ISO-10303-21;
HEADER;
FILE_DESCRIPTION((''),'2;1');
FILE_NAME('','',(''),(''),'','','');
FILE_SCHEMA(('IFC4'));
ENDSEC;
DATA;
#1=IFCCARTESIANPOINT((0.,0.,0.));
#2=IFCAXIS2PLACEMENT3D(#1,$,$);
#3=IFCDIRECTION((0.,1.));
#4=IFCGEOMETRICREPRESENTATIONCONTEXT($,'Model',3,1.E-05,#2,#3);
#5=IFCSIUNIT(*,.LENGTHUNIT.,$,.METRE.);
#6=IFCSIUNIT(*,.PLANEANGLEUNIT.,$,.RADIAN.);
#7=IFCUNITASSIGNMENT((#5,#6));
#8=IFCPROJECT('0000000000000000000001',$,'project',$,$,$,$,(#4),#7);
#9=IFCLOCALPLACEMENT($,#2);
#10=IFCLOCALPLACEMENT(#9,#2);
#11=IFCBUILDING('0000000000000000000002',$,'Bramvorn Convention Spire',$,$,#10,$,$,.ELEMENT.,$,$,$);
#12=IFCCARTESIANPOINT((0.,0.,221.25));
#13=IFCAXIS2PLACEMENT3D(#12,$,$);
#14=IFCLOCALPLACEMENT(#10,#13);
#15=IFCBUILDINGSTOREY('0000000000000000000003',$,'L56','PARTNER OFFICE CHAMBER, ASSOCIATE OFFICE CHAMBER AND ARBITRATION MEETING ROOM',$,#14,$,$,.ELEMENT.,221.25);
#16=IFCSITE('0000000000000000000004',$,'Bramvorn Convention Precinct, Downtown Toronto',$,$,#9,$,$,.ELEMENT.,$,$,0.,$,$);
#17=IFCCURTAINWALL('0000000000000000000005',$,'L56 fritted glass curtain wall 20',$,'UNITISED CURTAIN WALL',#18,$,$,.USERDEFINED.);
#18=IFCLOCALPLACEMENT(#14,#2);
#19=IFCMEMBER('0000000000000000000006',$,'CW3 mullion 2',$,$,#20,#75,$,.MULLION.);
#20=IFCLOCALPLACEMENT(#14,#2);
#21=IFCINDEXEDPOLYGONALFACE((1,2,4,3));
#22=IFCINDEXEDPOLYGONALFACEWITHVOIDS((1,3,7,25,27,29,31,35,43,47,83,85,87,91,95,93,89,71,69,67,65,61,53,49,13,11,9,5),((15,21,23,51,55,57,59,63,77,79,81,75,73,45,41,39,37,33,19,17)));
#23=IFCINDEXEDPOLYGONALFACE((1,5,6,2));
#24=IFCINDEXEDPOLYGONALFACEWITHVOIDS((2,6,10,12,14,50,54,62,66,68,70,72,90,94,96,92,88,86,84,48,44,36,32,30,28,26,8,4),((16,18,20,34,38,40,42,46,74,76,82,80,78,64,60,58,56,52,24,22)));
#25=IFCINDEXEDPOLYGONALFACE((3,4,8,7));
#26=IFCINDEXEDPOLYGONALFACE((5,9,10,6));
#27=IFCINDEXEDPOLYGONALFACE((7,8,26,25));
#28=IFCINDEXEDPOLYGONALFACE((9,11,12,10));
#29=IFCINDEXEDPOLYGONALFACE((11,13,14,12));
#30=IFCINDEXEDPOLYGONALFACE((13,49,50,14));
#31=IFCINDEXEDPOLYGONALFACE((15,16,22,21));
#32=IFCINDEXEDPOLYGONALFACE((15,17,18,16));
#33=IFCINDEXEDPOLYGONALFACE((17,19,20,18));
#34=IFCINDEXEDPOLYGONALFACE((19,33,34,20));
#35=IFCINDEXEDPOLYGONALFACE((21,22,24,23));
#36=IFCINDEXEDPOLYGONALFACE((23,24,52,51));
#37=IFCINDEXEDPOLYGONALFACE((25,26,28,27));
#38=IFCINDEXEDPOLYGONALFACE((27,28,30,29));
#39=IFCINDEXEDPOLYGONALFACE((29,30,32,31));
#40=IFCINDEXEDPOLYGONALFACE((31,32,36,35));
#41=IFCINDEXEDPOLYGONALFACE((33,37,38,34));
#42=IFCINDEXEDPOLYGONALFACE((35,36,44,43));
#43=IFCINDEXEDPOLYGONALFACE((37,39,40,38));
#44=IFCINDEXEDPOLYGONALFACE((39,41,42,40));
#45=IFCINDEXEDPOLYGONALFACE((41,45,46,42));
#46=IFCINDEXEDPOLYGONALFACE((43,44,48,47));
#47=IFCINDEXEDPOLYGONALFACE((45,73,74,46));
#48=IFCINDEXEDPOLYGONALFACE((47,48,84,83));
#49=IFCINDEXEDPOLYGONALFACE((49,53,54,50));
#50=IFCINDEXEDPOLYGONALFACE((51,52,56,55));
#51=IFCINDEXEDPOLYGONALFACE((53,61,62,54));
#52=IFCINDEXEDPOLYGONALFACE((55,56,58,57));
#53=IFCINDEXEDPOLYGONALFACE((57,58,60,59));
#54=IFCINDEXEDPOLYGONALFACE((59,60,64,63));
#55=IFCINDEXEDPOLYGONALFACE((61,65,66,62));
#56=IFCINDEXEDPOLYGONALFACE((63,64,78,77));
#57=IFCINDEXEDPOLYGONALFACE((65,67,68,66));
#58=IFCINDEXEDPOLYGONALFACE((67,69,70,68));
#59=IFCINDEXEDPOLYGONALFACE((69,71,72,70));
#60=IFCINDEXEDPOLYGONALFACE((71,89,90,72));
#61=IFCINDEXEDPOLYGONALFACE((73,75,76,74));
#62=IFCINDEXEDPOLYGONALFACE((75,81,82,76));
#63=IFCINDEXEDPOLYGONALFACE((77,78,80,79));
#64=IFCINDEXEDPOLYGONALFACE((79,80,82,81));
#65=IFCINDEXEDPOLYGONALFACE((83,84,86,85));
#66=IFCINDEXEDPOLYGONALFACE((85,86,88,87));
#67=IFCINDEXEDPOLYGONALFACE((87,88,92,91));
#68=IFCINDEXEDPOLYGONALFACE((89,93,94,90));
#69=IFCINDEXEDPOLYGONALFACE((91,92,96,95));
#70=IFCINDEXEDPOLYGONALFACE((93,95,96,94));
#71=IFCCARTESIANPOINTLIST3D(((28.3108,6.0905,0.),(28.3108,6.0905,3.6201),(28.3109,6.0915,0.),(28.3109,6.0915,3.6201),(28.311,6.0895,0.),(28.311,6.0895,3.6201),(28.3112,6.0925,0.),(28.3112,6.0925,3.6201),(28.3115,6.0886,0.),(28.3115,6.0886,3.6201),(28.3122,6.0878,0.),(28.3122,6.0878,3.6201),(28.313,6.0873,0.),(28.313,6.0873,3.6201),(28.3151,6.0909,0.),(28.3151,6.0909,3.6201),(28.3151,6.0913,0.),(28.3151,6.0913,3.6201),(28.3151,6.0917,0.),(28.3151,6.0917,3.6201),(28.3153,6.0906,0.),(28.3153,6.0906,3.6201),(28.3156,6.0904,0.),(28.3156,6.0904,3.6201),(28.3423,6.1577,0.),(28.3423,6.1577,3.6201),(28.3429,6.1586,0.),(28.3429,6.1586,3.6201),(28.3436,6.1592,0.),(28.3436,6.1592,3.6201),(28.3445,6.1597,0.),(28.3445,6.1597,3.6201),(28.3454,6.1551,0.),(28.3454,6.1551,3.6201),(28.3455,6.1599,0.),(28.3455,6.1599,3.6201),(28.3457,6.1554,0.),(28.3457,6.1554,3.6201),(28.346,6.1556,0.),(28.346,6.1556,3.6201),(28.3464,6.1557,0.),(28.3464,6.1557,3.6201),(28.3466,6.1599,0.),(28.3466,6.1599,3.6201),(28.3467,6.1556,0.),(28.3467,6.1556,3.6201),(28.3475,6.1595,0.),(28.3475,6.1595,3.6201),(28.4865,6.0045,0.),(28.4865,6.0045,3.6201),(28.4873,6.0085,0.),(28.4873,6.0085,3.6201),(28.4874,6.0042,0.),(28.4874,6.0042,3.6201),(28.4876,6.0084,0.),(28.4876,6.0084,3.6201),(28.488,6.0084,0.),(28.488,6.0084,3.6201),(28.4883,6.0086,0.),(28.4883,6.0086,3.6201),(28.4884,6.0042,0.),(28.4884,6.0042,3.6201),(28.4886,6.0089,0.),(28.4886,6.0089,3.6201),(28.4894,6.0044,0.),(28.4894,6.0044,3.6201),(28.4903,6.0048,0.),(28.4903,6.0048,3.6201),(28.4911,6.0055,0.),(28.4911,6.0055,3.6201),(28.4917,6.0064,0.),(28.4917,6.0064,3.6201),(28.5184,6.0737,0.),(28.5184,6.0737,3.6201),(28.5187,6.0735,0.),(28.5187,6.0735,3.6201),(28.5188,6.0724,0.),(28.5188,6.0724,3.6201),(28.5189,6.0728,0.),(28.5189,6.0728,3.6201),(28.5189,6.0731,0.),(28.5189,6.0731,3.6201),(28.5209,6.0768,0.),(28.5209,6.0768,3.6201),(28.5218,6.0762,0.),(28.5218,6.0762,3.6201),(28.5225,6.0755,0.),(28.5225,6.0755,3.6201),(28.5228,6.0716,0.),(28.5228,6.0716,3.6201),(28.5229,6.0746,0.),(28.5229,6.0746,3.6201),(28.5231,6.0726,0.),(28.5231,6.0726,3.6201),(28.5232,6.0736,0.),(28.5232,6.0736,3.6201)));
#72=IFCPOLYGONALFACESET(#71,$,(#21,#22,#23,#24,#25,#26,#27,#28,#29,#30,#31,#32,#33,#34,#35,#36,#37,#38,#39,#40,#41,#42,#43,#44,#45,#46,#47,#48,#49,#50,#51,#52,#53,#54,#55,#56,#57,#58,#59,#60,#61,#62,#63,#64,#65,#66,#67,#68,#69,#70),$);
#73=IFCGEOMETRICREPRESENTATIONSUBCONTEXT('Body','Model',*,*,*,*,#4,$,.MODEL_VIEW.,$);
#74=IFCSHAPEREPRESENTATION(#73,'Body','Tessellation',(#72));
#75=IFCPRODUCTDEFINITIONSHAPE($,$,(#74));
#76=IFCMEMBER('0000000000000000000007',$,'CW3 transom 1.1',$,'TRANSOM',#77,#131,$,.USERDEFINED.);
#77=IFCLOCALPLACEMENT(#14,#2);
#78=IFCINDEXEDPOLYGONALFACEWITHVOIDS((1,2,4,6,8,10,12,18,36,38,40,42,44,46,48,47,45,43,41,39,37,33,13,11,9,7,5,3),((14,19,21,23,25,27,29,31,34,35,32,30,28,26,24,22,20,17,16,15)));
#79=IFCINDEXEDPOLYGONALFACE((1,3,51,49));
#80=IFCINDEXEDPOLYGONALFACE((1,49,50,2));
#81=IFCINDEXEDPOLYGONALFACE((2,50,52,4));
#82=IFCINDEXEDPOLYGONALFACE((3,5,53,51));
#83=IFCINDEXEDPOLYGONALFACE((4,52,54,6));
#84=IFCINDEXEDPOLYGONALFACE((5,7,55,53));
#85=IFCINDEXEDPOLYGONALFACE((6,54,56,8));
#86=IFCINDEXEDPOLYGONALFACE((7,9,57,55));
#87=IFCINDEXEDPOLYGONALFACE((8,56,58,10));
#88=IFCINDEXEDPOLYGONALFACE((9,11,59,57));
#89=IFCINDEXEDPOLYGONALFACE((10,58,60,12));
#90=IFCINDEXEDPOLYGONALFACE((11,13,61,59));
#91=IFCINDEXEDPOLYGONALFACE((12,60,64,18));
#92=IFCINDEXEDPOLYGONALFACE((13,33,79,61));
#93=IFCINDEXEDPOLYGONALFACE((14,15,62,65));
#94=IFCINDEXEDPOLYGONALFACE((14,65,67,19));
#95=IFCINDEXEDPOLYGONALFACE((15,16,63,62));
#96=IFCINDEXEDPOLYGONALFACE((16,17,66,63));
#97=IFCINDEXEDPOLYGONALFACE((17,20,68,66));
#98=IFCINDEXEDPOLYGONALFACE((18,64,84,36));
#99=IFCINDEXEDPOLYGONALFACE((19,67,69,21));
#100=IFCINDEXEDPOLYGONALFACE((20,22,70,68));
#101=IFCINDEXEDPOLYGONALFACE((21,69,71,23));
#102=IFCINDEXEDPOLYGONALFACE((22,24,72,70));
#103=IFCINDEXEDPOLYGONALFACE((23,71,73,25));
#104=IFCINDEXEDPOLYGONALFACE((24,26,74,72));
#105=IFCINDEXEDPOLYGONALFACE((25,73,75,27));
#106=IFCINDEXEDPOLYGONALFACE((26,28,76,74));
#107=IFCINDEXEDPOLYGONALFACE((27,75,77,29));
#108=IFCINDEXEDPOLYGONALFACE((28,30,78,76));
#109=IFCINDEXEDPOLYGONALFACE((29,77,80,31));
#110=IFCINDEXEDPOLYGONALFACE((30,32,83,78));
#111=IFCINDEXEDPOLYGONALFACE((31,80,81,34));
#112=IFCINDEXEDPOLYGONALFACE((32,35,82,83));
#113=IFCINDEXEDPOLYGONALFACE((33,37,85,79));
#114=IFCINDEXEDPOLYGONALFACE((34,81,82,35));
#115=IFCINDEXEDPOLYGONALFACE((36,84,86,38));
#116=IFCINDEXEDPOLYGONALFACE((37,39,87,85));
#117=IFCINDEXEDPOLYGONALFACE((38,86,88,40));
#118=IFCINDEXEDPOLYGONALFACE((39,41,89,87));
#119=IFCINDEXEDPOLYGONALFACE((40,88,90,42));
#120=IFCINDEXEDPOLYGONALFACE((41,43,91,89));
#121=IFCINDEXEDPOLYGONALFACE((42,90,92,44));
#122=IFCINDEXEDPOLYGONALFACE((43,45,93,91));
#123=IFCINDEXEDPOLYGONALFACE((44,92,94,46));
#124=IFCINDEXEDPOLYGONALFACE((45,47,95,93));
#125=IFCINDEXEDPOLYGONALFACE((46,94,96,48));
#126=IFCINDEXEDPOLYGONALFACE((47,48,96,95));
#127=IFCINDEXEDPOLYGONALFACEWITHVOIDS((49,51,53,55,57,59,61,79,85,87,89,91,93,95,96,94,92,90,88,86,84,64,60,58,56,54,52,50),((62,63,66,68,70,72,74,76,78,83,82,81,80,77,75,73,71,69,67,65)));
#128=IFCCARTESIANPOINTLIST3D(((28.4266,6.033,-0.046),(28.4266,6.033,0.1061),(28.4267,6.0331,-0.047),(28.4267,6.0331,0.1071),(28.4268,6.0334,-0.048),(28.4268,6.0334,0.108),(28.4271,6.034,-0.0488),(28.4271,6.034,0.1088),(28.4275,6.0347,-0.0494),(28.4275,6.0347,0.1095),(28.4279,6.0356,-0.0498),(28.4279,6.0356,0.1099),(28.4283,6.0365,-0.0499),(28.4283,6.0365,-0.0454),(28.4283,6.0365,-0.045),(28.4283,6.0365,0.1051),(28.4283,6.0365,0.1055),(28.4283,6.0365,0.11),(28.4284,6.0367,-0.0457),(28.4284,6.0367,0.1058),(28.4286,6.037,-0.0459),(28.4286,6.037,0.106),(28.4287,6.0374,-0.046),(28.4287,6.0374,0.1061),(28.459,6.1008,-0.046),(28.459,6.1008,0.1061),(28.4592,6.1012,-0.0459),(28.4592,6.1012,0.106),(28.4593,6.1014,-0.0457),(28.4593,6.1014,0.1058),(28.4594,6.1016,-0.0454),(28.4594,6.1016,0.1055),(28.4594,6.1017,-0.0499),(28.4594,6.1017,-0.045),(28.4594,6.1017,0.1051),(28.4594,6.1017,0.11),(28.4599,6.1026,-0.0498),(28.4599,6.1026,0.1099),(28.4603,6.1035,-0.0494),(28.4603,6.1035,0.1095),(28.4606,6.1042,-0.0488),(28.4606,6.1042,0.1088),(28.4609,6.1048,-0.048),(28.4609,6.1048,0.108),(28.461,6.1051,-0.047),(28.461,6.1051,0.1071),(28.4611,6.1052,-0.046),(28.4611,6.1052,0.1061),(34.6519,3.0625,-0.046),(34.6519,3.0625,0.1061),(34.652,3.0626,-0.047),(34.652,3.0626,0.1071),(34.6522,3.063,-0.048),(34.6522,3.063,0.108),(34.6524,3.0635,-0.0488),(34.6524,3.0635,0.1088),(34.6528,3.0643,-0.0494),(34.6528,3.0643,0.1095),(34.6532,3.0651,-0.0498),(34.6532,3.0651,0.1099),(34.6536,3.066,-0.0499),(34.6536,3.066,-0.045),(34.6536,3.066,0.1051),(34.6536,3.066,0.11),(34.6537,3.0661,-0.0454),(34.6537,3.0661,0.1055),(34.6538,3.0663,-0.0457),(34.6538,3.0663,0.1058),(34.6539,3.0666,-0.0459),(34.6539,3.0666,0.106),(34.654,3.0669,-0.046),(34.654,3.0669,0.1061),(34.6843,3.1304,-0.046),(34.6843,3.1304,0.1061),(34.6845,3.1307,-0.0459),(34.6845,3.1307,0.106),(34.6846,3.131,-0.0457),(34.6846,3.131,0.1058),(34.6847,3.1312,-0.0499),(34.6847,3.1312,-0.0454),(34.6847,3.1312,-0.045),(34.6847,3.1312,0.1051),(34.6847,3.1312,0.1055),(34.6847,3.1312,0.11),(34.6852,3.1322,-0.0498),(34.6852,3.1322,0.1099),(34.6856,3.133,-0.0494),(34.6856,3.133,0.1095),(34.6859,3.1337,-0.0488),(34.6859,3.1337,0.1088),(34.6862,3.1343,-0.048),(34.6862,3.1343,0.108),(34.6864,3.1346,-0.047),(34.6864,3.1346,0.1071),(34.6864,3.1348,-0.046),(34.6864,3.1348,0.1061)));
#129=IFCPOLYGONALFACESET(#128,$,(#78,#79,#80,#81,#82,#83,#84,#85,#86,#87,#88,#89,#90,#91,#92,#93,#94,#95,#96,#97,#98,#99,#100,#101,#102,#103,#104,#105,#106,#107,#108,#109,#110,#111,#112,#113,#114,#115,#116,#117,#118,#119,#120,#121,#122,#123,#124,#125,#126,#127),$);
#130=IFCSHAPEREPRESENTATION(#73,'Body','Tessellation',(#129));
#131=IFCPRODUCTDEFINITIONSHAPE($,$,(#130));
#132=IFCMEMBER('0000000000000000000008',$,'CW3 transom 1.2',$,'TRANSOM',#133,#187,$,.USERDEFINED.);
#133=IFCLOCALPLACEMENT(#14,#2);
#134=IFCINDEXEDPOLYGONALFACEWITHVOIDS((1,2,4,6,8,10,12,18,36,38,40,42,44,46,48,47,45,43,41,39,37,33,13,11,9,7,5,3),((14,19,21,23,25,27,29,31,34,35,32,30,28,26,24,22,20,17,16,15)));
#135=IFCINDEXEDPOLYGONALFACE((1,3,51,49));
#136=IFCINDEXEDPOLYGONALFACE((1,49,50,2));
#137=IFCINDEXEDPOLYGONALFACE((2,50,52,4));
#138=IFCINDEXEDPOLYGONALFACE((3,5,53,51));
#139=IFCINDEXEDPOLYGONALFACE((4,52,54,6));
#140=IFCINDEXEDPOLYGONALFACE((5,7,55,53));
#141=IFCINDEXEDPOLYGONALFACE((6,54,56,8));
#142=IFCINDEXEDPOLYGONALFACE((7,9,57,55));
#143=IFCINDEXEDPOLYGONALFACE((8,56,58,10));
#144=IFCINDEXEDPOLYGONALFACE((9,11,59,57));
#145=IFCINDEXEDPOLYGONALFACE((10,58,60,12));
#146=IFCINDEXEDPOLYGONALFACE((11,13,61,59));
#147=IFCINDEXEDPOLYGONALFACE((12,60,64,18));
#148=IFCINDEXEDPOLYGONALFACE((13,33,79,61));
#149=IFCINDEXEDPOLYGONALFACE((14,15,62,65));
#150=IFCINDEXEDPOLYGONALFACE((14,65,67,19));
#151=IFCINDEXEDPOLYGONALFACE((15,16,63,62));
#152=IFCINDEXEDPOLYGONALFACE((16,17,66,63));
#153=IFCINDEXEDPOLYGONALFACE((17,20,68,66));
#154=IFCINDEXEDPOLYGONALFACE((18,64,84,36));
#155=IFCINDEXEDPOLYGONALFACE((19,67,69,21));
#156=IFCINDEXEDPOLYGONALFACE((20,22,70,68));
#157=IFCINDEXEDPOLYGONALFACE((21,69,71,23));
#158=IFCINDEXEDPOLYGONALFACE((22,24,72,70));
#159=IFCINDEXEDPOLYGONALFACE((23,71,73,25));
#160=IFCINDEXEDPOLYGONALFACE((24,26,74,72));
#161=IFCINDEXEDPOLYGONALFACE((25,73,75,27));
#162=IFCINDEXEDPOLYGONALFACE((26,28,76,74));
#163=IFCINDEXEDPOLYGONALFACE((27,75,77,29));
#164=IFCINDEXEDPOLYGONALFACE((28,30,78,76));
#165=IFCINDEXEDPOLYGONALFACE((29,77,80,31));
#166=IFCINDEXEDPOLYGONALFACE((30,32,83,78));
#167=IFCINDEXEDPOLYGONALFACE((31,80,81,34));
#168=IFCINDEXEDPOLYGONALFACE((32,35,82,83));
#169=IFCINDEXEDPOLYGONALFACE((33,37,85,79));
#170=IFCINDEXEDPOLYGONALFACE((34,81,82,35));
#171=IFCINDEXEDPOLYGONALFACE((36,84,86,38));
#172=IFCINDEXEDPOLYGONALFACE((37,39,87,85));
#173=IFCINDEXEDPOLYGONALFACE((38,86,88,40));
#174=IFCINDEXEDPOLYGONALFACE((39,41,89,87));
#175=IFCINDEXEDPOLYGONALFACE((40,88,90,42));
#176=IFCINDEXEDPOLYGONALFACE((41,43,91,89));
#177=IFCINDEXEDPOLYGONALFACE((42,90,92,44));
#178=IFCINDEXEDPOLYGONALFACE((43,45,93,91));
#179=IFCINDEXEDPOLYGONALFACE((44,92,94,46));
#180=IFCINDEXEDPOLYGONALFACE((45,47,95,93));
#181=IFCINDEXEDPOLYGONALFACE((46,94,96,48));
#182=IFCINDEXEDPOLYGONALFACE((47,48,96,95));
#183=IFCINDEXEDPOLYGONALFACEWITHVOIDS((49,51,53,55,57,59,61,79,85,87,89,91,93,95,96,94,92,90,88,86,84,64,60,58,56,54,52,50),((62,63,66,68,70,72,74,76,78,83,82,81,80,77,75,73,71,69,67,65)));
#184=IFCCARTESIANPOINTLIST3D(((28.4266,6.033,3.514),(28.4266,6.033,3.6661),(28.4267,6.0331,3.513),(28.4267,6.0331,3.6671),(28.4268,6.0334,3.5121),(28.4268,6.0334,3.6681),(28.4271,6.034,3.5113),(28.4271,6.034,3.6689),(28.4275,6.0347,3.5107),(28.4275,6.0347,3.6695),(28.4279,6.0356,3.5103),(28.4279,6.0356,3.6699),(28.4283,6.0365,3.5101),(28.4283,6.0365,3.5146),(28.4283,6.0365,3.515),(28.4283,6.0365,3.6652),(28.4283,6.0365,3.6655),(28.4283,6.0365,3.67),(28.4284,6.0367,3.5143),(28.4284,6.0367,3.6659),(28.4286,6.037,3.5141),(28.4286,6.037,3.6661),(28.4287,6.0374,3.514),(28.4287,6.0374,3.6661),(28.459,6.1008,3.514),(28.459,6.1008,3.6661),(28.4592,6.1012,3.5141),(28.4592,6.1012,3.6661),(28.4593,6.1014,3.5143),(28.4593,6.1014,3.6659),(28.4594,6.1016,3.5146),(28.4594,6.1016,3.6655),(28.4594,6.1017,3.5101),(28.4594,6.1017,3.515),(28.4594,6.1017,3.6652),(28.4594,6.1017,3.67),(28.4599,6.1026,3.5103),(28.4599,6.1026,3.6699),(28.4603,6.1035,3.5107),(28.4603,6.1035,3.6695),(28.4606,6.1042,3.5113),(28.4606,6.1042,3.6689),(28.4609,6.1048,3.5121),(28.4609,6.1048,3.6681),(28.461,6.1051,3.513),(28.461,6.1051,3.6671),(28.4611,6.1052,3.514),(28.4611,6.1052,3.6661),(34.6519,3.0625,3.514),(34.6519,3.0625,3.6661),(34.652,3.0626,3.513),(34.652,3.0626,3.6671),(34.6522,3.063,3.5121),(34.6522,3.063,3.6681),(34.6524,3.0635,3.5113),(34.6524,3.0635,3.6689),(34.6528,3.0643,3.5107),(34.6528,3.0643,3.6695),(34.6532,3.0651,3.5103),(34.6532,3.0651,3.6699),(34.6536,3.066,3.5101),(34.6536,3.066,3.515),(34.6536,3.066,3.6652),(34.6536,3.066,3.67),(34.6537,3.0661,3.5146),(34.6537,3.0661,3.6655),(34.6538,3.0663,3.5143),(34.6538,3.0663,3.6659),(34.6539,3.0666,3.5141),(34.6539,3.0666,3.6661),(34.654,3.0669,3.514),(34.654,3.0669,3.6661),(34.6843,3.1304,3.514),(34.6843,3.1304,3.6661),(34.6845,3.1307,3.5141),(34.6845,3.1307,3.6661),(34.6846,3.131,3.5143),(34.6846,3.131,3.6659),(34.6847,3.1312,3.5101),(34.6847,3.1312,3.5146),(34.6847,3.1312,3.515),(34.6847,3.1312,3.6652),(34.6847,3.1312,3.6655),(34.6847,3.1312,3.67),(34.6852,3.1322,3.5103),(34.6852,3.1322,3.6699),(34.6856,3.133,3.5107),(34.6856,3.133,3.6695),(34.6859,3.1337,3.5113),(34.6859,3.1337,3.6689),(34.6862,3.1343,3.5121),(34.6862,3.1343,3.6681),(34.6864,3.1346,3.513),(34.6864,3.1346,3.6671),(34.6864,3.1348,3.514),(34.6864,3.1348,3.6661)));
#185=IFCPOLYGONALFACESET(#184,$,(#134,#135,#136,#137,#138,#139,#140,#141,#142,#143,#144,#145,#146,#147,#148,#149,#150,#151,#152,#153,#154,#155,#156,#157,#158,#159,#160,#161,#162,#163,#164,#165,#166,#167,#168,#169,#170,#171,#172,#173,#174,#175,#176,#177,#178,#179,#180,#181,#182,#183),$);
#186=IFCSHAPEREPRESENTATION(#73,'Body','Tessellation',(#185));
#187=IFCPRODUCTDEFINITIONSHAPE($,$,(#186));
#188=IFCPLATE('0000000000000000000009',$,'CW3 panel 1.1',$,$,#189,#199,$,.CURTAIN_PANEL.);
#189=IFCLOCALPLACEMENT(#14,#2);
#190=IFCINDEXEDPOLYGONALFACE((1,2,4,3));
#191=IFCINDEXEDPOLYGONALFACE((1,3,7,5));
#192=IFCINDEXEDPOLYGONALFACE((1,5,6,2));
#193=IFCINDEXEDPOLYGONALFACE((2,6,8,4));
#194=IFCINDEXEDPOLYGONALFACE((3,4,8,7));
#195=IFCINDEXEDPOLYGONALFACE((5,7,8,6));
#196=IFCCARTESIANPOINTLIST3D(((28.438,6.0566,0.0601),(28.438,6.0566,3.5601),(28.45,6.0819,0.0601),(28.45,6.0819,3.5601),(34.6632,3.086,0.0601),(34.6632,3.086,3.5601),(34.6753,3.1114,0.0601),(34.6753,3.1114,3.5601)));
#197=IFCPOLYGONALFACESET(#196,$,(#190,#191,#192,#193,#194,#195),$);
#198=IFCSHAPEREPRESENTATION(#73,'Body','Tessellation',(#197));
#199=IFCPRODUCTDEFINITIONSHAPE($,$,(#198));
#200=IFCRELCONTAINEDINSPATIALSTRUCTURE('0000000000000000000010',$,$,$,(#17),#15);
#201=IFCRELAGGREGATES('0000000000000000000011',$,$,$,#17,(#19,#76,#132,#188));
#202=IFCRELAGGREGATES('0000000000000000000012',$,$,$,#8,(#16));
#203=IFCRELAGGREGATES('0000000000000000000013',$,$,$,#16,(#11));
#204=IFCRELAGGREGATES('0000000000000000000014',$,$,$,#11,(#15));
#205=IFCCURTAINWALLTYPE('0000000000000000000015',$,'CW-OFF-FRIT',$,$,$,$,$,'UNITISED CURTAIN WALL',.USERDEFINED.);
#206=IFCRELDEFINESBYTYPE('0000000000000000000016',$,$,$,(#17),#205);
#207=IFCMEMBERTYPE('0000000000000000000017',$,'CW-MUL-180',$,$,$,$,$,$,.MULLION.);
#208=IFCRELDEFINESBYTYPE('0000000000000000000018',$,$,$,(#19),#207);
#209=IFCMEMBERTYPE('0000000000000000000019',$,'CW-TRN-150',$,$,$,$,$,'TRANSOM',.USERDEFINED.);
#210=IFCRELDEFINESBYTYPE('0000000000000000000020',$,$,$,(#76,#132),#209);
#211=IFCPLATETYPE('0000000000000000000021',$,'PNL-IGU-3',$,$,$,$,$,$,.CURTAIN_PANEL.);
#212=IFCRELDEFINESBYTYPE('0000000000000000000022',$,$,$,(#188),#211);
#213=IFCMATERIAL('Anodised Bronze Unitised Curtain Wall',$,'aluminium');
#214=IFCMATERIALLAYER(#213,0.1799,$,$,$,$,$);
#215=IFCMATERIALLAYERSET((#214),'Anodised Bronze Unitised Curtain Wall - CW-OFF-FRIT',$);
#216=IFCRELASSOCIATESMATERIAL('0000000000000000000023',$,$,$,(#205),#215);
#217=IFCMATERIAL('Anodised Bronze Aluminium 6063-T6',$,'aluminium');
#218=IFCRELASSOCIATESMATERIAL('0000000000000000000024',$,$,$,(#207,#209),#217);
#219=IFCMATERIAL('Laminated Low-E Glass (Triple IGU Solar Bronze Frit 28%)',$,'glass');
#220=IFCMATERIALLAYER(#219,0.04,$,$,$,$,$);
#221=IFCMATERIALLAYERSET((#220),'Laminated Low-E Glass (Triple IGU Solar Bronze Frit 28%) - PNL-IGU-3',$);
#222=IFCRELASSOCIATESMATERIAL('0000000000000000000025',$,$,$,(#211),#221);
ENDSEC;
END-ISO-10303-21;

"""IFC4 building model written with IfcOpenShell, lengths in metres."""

from ifc_helpers import new_model, si_unit, direction, frame, origin, origin_2d, place, context, subcontext, project, spatial, rectangle, hollow_rectangle, extrude, material, layer, layer_set, material_profile, profile_set, type_object, element, aggregate, save


model = new_model("IFC4")

# Units and contexts
model_context = context("Model", 3, precision=1e-05, world=origin(), true_north=direction((0.0, 1.0)))
body_context = subcontext(model_context, "Body", "Model", "MODEL_VIEW")
ifc_project = project(units=[si_unit("LENGTHUNIT", "METRE"), si_unit("PLANEANGLEUNIT", "RADIAN")], contexts=[model_context])

# Site, building, storey
site_placement = place(None, origin())
site = spatial("IfcSite", under=ifc_project, at=site_placement, Name="Bramvorn Convention Precinct, Downtown Toronto", CompositionType="ELEMENT", RefElevation=0.0)
building_placement = place(site_placement, origin())
building = spatial("IfcBuilding", under=site, at=building_placement, Name="Bramvorn Convention Spire", CompositionType="ELEMENT")
storey_placement = place(building_placement, frame((0.0, 0.0, 221.25)))
storey = spatial("IfcBuildingStorey", under=building, at=storey_placement, Name="L56", Description="PARTNER OFFICE CHAMBER, ASSOCIATE OFFICE CHAMBER AND ARBITRATION MEETING ROOM", CompositionType="ELEMENT", Elevation=221.25)

# Curtain wall, members, plate
ifc_material_1 = material(Name="Anodised Bronze Unitised Curtain Wall", Category="aluminium")
ifc_layer_1 = layer(ifc_material_1, 0.1799)
ifc_layer_set_1 = layer_set([ifc_layer_1], Name="Anodised Bronze Unitised Curtain Wall - CW-OFF-FRIT")
curtain_wall_type = type_object("IfcCurtainWallType", Name="CW-OFF-FRIT", ElementType="UNITISED CURTAIN WALL", PredefinedType="USERDEFINED", material=ifc_layer_set_1)
curtain_wall_placement = place(storey_placement, origin())
curtain_wall = element("IfcCurtainWall", 1, at=curtain_wall_placement, inside=storey, type_object=curtain_wall_type, Name="L56 fritted glass curtain wall 20", ObjectType="UNITISED CURTAIN WALL", PredefinedType="USERDEFINED")
ifc_material_2 = material(Name="Anodised Bronze Aluminium 6063-T6", Category="aluminium")
ifc_material_profile_1 = material_profile(ifc_material_2, hollow_rectangle(XDim=0.0801, YDim=0.2, WallThickness=0.0039, InnerFilletRadius=0.001, OuterFilletRadius=0.0039, at=origin_2d()))
ifc_profile_set_1 = profile_set([ifc_material_profile_1], Name="Anodised Bronze Aluminium 6063-T6 - CWM80X200")
member_type_1 = type_object("IfcMemberType", Name="CW-MUL-180", PredefinedType="MULLION", material=ifc_profile_set_1)
member_1_placement = place(storey_placement, frame((28.417, 6.082, 0.0), z_axis=(0.0, 0.0, 1.0), x_axis=(-0.430659, -0.902515, 0.0)))
member_1 = element("IfcMember", 2, at=member_1_placement, type_object=member_type_1, Name="CW3 mullion 2", PredefinedType="MULLION", context=body_context, shape_type="SweptSolid", body=[
    extrude(hollow_rectangle(XDim=0.0801, YDim=0.2, WallThickness=0.0039, InnerFilletRadius=0.001, OuterFilletRadius=0.0039, at=origin_2d()), origin(), (0.0, 0.0, 1.0), 3.6201),
])
ifc_material_profile_2 = material_profile(ifc_material_2, hollow_rectangle(XDim=0.0801, YDim=0.1599, WallThickness=0.0039, InnerFilletRadius=0.001, OuterFilletRadius=0.0039, at=origin_2d()))
ifc_profile_set_2 = profile_set([ifc_material_profile_2], Name="Anodised Bronze Aluminium 6063-T6 - CWT80X160")
member_type_2 = type_object("IfcMemberType", Name="CW-TRN-150", ElementType="TRANSOM", PredefinedType="USERDEFINED", material=ifc_profile_set_2)
member_2_placement = place(storey_placement, frame((34.6692, 3.0986, 0.03), z_axis=(-0.902522, 0.430644, 0.0), x_axis=(-0.430644, -0.902522, 0.0)))
member_2 = element("IfcMember", 3, at=member_2_placement, type_object=member_type_2, Name="CW3 transom 1.1", ObjectType="TRANSOM", PredefinedType="USERDEFINED", context=body_context, shape_type="SweptSolid", body=[
    extrude(hollow_rectangle(XDim=0.0801, YDim=0.1599, WallThickness=0.0039, InnerFilletRadius=0.001, OuterFilletRadius=0.0039, at=origin_2d()), origin(), (0.0, 0.0, 1.0), 6.8977),
])
member_3_placement = place(storey_placement, frame((34.6692, 3.0986, 3.5901), z_axis=(-0.902522, 0.430644, 0.0), x_axis=(-0.430644, -0.902522, 0.0)))
member_3 = element("IfcMember", 4, at=member_3_placement, type_object=member_type_2, Name="CW3 transom 1.2", ObjectType="TRANSOM", PredefinedType="USERDEFINED", context=body_context, shape_type="SweptSolid", body=[
    extrude(hollow_rectangle(XDim=0.0801, YDim=0.1599, WallThickness=0.0039, InnerFilletRadius=0.001, OuterFilletRadius=0.0039, at=origin_2d()), origin(), (0.0, 0.0, 1.0), 6.8977),
])
ifc_material_3 = material(Name="Laminated Low-E Glass (Triple IGU Solar Bronze Frit 28%)", Category="glass")
ifc_layer_2 = layer(ifc_material_3, 0.04)
ifc_layer_set_2 = layer_set([ifc_layer_2], Name="Laminated Low-E Glass (Triple IGU Solar Bronze Frit 28%) - PNL-IGU-3")
plate_type = type_object("IfcPlateType", Name="PNL-IGU-3", PredefinedType="CURTAIN_PANEL", material=ifc_layer_set_2)
plate_placement = place(storey_placement, frame((31.5566, 4.584, 0.0601), z_axis=(0.0, 0.0, 1.0), x_axis=(-0.902515, 0.430659, 0.0)))
plate = element("IfcPlate", 5, at=plate_placement, type_object=plate_type, Name="CW3 panel 1.1", PredefinedType="CURTAIN_PANEL", context=body_context, shape_type="SweptSolid", body=[
    extrude(rectangle(XDim=6.8977, YDim=0.0281, at=origin_2d()), origin(), (0.0, 0.0, 1.0), 3.5),
])
aggregate(curtain_wall, [member_1, member_2, member_3, plate])

save(model, "model.ifc")
